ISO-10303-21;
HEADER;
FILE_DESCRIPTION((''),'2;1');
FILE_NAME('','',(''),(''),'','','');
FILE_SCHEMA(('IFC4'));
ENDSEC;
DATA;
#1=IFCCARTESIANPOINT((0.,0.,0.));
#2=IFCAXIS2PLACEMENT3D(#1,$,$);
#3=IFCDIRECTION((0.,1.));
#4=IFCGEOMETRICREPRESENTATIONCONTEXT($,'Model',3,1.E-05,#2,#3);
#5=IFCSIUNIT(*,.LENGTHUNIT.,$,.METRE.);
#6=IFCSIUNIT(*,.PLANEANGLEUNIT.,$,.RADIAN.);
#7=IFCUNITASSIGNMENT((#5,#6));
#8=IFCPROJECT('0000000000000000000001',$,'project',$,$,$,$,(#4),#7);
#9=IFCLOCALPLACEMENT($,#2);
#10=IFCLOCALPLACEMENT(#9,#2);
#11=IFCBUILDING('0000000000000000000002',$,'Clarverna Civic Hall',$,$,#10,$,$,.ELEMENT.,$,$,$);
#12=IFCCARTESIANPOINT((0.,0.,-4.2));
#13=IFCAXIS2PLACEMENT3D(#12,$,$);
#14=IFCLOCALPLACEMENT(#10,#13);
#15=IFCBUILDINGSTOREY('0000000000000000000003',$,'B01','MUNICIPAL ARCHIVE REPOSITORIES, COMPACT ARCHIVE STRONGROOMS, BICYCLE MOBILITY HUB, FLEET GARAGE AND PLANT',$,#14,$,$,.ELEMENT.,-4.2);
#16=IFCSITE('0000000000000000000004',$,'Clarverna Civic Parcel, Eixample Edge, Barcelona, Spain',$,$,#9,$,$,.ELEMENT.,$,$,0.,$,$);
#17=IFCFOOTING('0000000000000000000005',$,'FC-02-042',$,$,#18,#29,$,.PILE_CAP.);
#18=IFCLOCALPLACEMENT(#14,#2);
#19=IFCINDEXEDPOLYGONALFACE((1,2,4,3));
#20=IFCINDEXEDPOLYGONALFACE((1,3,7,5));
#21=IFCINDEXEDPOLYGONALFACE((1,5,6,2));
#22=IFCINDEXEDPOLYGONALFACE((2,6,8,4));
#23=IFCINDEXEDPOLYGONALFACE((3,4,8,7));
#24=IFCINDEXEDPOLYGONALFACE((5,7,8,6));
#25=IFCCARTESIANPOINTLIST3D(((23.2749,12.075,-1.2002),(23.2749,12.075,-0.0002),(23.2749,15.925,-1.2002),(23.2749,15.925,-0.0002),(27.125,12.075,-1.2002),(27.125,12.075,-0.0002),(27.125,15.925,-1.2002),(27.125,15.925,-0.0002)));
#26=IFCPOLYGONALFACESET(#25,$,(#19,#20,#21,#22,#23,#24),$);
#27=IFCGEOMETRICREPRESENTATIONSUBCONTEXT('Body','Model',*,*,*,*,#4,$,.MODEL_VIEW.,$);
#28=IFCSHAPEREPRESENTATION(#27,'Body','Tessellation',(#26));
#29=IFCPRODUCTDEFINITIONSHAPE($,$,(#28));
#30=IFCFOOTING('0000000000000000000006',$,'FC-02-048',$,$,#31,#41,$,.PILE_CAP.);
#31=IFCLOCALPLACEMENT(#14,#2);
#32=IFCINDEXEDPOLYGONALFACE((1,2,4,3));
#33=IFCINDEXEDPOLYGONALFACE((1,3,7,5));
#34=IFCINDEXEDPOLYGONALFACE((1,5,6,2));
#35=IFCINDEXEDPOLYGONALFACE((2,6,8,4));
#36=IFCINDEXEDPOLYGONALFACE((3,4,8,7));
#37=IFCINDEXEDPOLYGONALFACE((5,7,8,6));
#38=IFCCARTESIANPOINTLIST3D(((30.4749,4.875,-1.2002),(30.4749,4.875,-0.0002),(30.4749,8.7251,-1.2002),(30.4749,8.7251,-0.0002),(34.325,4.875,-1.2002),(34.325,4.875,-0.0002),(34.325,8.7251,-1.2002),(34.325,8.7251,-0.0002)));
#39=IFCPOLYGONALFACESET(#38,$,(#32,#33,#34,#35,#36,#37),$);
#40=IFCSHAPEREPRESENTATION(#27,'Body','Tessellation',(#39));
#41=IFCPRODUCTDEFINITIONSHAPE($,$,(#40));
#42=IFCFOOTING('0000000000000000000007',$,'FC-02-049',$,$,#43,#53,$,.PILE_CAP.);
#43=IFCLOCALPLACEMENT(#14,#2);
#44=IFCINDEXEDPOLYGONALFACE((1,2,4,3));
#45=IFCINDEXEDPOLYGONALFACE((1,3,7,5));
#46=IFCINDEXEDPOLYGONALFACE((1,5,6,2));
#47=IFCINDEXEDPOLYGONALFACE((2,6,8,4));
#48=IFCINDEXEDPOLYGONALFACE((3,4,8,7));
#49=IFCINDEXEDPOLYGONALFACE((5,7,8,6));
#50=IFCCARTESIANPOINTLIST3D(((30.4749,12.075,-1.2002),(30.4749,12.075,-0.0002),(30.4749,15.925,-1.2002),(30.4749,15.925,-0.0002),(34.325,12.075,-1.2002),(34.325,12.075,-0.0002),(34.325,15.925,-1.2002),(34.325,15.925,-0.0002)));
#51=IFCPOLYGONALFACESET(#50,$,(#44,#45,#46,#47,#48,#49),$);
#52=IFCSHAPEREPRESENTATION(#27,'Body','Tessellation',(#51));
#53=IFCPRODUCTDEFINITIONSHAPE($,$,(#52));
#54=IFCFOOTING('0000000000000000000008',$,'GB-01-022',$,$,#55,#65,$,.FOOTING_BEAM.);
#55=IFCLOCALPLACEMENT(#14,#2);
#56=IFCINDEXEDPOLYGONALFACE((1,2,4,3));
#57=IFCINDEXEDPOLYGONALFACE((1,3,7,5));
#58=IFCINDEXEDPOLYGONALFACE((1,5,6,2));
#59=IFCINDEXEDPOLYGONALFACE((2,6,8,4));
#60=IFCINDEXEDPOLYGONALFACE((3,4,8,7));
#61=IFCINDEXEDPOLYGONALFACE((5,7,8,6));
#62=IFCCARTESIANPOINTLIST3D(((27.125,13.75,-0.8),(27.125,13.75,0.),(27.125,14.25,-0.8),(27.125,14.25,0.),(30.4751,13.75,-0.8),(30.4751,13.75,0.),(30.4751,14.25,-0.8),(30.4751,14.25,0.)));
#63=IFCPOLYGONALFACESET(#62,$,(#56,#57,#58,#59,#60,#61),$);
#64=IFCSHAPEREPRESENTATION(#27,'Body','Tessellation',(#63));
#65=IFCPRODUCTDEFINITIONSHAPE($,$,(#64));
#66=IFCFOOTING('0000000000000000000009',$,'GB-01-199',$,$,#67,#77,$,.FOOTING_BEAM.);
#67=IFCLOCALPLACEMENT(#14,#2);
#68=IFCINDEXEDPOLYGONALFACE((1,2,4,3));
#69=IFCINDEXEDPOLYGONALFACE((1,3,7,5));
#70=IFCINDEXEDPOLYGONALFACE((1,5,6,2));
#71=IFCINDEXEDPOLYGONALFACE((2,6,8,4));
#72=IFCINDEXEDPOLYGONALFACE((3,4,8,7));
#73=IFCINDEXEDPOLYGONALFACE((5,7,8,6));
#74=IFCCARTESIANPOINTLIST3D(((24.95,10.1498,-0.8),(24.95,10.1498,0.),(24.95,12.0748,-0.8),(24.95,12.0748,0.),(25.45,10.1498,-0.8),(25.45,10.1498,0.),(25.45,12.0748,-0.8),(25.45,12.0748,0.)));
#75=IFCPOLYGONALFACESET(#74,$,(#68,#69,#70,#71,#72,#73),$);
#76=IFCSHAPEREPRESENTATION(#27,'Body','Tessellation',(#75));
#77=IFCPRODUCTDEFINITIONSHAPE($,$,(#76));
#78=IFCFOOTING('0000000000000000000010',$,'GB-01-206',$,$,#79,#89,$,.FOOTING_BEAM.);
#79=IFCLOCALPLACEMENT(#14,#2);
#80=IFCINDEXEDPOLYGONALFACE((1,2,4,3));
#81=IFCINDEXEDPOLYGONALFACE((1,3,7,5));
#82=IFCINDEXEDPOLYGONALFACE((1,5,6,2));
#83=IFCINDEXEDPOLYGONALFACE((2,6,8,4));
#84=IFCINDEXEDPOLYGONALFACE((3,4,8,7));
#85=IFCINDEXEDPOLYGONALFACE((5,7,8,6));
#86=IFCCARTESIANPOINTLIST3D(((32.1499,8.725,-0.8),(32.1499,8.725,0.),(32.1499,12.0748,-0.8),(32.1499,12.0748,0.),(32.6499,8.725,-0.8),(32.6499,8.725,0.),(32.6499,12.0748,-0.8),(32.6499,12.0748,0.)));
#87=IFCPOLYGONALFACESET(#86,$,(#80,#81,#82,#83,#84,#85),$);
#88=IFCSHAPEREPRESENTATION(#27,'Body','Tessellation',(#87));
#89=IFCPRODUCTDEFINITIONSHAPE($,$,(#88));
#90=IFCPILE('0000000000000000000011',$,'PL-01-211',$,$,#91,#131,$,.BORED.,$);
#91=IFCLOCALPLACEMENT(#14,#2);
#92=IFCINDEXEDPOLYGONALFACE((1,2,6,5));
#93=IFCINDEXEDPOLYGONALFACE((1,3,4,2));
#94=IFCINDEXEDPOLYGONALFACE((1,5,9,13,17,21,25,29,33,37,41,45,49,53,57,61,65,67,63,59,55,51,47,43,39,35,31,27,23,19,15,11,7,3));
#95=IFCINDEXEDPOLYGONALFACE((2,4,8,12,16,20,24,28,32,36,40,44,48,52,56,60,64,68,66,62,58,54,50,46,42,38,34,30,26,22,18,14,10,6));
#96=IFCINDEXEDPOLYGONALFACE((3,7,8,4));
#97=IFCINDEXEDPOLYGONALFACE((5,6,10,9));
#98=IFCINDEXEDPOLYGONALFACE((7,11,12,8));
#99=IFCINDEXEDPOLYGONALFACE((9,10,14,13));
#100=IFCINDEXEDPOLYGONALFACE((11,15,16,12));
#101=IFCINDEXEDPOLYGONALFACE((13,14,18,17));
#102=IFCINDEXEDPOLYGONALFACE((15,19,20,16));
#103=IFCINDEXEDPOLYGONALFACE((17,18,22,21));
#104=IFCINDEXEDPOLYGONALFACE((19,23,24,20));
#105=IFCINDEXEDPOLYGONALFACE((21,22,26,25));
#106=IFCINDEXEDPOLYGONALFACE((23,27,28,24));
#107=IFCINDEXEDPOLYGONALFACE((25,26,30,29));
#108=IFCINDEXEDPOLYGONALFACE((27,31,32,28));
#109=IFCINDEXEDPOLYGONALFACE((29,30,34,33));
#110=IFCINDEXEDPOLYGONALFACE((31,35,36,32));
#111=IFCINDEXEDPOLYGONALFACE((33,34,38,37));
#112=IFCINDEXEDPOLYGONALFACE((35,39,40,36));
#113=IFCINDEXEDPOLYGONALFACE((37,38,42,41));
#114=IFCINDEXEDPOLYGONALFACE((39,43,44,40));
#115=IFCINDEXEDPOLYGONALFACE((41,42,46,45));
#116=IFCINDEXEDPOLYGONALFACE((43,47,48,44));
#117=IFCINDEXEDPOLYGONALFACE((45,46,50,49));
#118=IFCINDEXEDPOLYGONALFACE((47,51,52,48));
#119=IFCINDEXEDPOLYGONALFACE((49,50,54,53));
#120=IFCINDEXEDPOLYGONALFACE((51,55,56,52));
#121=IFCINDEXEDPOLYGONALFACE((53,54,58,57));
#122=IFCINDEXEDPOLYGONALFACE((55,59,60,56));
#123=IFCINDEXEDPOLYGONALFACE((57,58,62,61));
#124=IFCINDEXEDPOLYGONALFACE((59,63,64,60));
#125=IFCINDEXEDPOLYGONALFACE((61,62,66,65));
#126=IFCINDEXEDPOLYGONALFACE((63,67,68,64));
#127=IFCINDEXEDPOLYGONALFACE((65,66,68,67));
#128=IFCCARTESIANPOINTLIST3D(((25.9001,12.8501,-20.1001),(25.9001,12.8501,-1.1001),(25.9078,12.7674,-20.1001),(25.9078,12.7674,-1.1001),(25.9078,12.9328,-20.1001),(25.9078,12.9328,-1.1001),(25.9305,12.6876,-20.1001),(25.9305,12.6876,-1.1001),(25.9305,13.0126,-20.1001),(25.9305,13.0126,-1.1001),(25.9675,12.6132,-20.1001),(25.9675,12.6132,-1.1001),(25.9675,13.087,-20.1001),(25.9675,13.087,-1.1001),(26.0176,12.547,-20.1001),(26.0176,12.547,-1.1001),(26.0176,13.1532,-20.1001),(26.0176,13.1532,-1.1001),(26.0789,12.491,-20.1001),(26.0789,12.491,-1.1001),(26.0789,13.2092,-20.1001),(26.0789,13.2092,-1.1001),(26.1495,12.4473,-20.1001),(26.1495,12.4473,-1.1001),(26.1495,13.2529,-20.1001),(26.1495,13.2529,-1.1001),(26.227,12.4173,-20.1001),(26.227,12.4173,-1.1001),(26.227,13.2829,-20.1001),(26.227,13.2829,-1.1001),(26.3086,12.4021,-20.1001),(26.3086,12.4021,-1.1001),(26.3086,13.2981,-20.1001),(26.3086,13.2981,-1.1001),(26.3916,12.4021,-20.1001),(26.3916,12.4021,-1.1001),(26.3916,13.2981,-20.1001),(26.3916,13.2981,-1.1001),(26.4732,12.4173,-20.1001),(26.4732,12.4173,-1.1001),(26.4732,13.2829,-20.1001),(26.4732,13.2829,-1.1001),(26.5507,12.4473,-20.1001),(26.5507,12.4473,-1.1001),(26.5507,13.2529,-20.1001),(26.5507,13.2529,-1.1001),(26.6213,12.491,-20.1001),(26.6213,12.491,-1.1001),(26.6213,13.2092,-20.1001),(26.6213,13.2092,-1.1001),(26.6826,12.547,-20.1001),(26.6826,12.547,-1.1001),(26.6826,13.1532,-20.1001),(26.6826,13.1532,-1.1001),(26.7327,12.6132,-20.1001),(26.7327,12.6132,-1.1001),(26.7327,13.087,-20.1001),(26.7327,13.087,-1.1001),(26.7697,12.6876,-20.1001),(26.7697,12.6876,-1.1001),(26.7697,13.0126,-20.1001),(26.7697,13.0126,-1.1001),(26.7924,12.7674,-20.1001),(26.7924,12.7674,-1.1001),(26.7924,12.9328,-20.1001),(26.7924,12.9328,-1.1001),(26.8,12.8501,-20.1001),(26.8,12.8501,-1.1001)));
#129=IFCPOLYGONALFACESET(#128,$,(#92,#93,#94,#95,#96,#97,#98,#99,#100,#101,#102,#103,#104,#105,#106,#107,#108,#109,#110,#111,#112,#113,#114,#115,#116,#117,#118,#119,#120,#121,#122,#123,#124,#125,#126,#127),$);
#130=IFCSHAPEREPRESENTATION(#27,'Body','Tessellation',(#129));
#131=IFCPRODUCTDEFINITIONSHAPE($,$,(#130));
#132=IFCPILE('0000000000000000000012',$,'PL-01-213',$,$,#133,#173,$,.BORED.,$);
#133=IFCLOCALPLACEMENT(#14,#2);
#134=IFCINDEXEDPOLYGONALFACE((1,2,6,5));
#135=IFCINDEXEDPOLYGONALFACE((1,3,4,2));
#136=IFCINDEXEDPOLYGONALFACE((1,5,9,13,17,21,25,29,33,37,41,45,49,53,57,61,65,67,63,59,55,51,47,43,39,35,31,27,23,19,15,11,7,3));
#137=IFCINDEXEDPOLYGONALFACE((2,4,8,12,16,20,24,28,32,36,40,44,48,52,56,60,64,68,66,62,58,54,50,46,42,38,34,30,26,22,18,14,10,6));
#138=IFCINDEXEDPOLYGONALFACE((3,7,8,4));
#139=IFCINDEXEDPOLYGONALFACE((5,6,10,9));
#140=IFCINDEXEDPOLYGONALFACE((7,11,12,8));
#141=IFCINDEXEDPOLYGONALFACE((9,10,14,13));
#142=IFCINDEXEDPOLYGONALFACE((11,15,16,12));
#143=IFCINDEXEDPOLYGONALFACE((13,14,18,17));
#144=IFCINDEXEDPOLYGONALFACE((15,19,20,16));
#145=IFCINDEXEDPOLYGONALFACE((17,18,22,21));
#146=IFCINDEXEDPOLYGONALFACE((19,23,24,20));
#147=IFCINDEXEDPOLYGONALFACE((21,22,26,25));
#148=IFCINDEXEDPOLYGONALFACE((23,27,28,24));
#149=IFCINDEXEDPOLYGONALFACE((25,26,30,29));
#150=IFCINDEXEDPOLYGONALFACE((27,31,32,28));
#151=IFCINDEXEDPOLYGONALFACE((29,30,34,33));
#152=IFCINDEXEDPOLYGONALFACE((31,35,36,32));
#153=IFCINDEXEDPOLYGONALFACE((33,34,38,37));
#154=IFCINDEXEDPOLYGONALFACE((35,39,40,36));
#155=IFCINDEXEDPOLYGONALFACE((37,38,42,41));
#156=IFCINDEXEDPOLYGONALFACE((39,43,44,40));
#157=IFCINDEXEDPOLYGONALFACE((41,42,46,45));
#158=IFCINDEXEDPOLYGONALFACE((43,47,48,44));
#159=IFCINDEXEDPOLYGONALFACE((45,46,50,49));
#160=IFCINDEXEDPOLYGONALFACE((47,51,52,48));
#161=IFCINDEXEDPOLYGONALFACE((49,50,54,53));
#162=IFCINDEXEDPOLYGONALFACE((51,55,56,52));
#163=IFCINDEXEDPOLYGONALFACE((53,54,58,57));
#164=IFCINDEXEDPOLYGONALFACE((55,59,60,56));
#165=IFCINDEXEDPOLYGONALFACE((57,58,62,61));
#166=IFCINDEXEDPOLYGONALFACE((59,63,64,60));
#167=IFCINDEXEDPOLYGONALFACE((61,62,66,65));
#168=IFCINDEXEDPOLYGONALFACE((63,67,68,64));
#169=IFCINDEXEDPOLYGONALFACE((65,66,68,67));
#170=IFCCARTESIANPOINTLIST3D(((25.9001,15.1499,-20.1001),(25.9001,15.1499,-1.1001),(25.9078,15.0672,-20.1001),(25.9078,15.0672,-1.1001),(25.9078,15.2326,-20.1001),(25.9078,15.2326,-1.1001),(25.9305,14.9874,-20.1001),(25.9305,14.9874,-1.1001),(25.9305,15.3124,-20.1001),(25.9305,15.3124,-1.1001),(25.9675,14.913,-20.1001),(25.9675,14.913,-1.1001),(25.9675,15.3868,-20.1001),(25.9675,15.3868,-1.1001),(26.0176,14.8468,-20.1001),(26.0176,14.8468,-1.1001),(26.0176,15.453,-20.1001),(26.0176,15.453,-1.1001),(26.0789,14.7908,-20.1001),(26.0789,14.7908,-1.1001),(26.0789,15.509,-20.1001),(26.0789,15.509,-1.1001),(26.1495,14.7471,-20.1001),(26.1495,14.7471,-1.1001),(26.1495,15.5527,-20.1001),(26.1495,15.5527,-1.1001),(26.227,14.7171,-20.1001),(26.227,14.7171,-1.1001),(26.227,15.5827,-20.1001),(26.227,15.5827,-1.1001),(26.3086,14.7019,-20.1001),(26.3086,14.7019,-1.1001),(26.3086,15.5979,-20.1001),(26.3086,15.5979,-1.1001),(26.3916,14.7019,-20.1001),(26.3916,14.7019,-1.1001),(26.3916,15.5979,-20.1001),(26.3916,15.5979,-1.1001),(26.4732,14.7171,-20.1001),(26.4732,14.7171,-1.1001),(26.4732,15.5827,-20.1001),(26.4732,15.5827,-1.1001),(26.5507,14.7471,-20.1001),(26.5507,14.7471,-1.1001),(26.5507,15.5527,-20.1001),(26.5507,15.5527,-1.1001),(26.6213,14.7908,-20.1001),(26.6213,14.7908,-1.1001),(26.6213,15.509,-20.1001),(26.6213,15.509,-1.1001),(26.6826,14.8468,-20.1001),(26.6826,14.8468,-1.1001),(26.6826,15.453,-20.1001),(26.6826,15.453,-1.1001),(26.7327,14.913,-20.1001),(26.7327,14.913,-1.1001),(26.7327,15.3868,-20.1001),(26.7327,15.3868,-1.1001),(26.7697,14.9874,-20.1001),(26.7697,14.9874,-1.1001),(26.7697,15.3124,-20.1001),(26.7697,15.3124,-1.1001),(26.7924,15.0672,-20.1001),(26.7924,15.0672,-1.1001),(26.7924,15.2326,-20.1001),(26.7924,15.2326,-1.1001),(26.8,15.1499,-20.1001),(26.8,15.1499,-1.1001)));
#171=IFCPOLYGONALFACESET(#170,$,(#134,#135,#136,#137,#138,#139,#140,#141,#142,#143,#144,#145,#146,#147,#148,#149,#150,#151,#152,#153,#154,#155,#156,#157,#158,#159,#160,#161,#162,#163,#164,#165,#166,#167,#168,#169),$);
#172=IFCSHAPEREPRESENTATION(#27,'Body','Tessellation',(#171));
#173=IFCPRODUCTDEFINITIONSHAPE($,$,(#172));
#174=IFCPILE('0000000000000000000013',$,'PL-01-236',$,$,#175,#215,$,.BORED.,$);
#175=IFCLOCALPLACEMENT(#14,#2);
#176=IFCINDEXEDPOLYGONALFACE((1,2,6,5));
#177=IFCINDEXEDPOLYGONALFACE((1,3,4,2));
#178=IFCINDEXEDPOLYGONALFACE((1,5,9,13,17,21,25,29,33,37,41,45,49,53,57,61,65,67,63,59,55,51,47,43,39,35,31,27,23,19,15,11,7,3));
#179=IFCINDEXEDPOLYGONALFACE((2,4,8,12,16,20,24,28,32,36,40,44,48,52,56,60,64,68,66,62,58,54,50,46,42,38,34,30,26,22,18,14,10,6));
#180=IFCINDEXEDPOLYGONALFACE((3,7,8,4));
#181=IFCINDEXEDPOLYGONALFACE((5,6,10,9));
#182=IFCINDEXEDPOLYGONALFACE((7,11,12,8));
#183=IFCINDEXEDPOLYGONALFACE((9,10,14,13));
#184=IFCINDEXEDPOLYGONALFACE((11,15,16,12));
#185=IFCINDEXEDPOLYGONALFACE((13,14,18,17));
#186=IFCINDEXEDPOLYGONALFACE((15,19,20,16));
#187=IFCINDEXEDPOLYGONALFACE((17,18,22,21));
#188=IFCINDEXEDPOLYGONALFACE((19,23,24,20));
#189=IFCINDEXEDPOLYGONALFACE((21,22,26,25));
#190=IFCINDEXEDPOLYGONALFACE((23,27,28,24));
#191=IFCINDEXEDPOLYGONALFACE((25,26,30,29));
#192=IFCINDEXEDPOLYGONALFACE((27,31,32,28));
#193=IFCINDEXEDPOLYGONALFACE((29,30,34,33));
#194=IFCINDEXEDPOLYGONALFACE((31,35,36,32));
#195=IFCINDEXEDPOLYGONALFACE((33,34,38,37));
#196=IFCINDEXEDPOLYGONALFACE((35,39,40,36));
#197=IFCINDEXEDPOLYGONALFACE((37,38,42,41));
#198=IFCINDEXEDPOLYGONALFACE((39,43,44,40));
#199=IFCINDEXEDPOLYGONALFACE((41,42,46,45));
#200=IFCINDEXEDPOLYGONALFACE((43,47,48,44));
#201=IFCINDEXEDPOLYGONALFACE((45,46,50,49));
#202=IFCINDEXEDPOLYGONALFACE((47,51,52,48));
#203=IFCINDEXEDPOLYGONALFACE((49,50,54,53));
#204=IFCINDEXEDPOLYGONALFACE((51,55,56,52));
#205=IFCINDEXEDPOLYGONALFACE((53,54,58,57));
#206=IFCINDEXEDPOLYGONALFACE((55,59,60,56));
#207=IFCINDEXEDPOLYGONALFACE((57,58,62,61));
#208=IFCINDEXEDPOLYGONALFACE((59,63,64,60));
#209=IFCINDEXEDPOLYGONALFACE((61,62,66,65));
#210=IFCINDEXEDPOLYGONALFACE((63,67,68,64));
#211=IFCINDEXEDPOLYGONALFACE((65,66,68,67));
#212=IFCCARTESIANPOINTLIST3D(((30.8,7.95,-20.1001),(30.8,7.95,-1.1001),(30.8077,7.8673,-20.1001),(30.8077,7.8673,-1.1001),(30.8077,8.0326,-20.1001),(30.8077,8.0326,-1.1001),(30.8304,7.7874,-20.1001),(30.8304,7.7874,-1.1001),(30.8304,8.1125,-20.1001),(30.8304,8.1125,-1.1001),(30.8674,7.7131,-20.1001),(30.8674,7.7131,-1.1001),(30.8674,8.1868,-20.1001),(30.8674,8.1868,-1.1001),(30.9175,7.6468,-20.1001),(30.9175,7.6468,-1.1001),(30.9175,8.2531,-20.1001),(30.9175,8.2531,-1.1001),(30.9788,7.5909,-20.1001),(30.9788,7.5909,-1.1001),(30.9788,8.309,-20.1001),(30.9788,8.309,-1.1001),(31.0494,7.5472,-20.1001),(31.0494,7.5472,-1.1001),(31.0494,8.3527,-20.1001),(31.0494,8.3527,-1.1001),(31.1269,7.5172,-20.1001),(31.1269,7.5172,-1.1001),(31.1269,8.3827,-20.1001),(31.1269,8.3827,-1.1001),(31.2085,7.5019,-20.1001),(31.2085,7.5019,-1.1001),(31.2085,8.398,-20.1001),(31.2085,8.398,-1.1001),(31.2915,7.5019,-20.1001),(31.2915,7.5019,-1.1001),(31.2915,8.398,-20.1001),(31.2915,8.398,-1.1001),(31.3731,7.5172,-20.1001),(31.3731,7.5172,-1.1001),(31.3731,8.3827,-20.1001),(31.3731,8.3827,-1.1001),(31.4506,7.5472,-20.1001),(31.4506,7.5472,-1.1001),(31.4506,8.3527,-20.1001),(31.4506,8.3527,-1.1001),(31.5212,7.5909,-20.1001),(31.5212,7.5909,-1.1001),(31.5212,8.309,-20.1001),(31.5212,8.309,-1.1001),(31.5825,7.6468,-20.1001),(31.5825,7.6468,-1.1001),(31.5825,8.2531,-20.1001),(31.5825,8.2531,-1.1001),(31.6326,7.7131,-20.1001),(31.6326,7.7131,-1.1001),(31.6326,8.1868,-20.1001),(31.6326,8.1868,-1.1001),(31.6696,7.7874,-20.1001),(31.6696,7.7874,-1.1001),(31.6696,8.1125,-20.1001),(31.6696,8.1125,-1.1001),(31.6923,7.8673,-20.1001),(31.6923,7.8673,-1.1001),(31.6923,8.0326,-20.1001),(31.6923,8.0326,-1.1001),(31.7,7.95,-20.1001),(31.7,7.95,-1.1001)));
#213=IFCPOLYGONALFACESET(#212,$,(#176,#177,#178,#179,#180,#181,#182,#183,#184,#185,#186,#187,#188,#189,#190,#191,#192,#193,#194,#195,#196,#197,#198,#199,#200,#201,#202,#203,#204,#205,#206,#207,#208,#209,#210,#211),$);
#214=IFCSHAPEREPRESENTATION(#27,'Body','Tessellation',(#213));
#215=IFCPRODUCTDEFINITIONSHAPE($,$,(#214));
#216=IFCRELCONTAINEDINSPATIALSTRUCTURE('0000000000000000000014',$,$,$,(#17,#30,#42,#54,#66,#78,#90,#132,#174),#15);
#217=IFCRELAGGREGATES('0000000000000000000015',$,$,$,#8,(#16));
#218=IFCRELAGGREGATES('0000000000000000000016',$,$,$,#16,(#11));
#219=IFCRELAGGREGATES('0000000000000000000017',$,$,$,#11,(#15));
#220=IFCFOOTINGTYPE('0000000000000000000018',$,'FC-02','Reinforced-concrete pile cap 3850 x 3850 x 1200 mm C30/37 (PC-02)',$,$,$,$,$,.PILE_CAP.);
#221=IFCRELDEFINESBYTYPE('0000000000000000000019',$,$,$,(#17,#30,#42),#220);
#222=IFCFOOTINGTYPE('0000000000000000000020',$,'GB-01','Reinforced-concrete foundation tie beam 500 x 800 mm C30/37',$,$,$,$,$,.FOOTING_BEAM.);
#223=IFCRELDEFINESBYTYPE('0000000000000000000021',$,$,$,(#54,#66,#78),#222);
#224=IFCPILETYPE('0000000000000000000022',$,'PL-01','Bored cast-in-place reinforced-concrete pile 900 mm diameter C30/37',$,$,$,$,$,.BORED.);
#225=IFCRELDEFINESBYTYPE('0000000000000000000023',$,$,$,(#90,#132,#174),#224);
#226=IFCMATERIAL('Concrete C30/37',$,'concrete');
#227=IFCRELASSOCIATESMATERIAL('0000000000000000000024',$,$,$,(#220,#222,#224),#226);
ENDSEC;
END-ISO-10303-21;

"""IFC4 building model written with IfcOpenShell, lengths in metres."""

from ifc_helpers import new_model, si_unit, direction, frame, frame_2d, origin, origin_2d, place, context, subcontext, project, spatial, rectangle, circle, extrude, material, material_profile, profile_set, type_object, element, save


model = new_model("IFC4")

# Units and contexts
model_context = context("Model", 3, precision=1e-05, world=origin(), true_north=direction((0.0, 1.0)))
body_context = subcontext(model_context, "Body", "Model", "MODEL_VIEW")
ifc_project = project(units=[si_unit("LENGTHUNIT", "METRE"), si_unit("PLANEANGLEUNIT", "RADIAN")], contexts=[model_context])

# Site, building, storey
site_placement = place(None, origin())
site = spatial("IfcSite", under=ifc_project, at=site_placement, Name="Clarverna Civic Parcel, Eixample Edge, Barcelona, Spain", CompositionType="ELEMENT", RefElevation=0.0)
building_placement = place(site_placement, origin())
building = spatial("IfcBuilding", under=site, at=building_placement, Name="Clarverna Civic Hall", CompositionType="ELEMENT")
storey_placement = place(building_placement, frame((0.0, 0.0, -4.2)))
storey = spatial("IfcBuildingStorey", under=building, at=storey_placement, Name="B01", Description="MUNICIPAL ARCHIVE REPOSITORIES, COMPACT ARCHIVE STRONGROOMS, BICYCLE MOBILITY HUB, FLEET GARAGE AND PLANT", CompositionType="ELEMENT", Elevation=-4.2)

# Footings
ifc_material_1 = material(Name="Concrete C30/37", Category="concrete")
footing_type_1 = type_object("IfcFootingType", Name="FC-02", Description="Reinforced-concrete pile cap 3850 x 3850 x 1200 mm C30/37 (PC-02)", PredefinedType="PILE_CAP", material=ifc_material_1)
for number, where, z_axis, x_axis, name in (
    (1, (25.2, 14.0, -1.2002), (0.0, 0.0, 1.0), (1.0, 0.0, 0.0), "FC-02-042"),
    (2, (32.3999, 6.8, -1.2002), (0.0, 0.0, 1.0), (1.0, 0.0, 0.0), "FC-02-048"),
    (3, (32.3999, 14.0, -1.2002), (0.0, 0.0, 1.0), (1.0, 0.0, 0.0), "FC-02-049"),
):
    element("IfcFooting", number, at=place(storey_placement, frame(where, z_axis=z_axis, x_axis=x_axis)), inside=storey, type_object=footing_type_1, Name=name, PredefinedType="PILE_CAP", context=body_context, shape_type="SweptSolid", body=[
        extrude(rectangle(XDim=3.8501, YDim=3.8501, at=origin_2d()), origin(), (0.0, 0.0, 1.0), 1.2),
    ])
footing_type_2 = type_object("IfcFootingType", Name="GB-01", Description="Reinforced-concrete foundation tie beam 500 x 800 mm C30/37", PredefinedType="FOOTING_BEAM", material=ifc_material_1)
footing_1_placement = place(storey_placement, frame((27.125, 14.0, -0.8), z_axis=(0.0, 0.0, 1.0), x_axis=(1.0, 0.0, 0.0)))
element("IfcFooting", 4, at=footing_1_placement, inside=storey, type_object=footing_type_2, Name="GB-01-022", PredefinedType="FOOTING_BEAM", context=body_context, shape_type="SweptSolid", body=[
    extrude(rectangle(XDim=3.3501, YDim=0.5, at=frame_2d((1.675, 0.0))), origin(), (0.0, 0.0, 1.0), 0.8),
])
footing_2_placement = place(storey_placement, frame((25.2, 10.1499, -0.8), z_axis=(0.0, 0.0, 1.0), x_axis=(0.0, 1.0, 0.0)))
element("IfcFooting", 5, at=footing_2_placement, inside=storey, type_object=footing_type_2, Name="GB-01-199", PredefinedType="FOOTING_BEAM", context=body_context, shape_type="SweptSolid", body=[
    extrude(rectangle(XDim=1.925, YDim=0.5, at=frame_2d((0.9624, 0.0))), origin(), (0.0, 0.0, 1.0), 0.8),
])
footing_3_placement = place(storey_placement, frame((32.3999, 8.7251, -0.8), z_axis=(0.0, 0.0, 1.0), x_axis=(0.0, 1.0, 0.0)))
element("IfcFooting", 6, at=footing_3_placement, inside=storey, type_object=footing_type_2, Name="GB-01-206", PredefinedType="FOOTING_BEAM", context=body_context, shape_type="SweptSolid", body=[
    extrude(rectangle(XDim=3.3499, YDim=0.5, at=frame_2d((1.6748, 0.0))), origin(), (0.0, 0.0, 1.0), 0.8),
])

# Piles
ifc_material_profile_1 = material_profile(ifc_material_1, circle(Radius=0.45, at=origin_2d()), Name="BORED PILE D900")
ifc_profile_set_1 = profile_set([ifc_material_profile_1], Name="Concrete C30/37")
pile_type_1 = type_object("IfcPileType", Name="PL-01", Description="Bored cast-in-place reinforced-concrete pile 900 mm diameter C30/37", PredefinedType="BORED", material=ifc_profile_set_1)
for number, where, z_axis, x_axis, name in (
    (7, (26.3501, 12.8501, -1.1001), (0.0, 0.0, -1.0), (1.0, 0.0, 0.0), "PL-01-211"),
    (8, (26.3501, 15.1499, -1.1001), (0.0, 0.0, -1.0), (1.0, 0.0, 0.0), "PL-01-213"),
    (9, (31.25, 7.95, -1.1001), (0.0, 0.0, -1.0), (1.0, 0.0, 0.0), "PL-01-236"),
):
    element("IfcPile", number, at=place(storey_placement, frame(where, z_axis=z_axis, x_axis=x_axis)), inside=storey, type_object=pile_type_1, Name=name, PredefinedType="BORED", context=body_context, shape_type="SweptSolid", body=[
        extrude(circle(Radius=0.45, at=origin_2d()), origin(), (0.0, 0.0, 1.0), 19.0),
    ])

save(model, "model.ifc")
